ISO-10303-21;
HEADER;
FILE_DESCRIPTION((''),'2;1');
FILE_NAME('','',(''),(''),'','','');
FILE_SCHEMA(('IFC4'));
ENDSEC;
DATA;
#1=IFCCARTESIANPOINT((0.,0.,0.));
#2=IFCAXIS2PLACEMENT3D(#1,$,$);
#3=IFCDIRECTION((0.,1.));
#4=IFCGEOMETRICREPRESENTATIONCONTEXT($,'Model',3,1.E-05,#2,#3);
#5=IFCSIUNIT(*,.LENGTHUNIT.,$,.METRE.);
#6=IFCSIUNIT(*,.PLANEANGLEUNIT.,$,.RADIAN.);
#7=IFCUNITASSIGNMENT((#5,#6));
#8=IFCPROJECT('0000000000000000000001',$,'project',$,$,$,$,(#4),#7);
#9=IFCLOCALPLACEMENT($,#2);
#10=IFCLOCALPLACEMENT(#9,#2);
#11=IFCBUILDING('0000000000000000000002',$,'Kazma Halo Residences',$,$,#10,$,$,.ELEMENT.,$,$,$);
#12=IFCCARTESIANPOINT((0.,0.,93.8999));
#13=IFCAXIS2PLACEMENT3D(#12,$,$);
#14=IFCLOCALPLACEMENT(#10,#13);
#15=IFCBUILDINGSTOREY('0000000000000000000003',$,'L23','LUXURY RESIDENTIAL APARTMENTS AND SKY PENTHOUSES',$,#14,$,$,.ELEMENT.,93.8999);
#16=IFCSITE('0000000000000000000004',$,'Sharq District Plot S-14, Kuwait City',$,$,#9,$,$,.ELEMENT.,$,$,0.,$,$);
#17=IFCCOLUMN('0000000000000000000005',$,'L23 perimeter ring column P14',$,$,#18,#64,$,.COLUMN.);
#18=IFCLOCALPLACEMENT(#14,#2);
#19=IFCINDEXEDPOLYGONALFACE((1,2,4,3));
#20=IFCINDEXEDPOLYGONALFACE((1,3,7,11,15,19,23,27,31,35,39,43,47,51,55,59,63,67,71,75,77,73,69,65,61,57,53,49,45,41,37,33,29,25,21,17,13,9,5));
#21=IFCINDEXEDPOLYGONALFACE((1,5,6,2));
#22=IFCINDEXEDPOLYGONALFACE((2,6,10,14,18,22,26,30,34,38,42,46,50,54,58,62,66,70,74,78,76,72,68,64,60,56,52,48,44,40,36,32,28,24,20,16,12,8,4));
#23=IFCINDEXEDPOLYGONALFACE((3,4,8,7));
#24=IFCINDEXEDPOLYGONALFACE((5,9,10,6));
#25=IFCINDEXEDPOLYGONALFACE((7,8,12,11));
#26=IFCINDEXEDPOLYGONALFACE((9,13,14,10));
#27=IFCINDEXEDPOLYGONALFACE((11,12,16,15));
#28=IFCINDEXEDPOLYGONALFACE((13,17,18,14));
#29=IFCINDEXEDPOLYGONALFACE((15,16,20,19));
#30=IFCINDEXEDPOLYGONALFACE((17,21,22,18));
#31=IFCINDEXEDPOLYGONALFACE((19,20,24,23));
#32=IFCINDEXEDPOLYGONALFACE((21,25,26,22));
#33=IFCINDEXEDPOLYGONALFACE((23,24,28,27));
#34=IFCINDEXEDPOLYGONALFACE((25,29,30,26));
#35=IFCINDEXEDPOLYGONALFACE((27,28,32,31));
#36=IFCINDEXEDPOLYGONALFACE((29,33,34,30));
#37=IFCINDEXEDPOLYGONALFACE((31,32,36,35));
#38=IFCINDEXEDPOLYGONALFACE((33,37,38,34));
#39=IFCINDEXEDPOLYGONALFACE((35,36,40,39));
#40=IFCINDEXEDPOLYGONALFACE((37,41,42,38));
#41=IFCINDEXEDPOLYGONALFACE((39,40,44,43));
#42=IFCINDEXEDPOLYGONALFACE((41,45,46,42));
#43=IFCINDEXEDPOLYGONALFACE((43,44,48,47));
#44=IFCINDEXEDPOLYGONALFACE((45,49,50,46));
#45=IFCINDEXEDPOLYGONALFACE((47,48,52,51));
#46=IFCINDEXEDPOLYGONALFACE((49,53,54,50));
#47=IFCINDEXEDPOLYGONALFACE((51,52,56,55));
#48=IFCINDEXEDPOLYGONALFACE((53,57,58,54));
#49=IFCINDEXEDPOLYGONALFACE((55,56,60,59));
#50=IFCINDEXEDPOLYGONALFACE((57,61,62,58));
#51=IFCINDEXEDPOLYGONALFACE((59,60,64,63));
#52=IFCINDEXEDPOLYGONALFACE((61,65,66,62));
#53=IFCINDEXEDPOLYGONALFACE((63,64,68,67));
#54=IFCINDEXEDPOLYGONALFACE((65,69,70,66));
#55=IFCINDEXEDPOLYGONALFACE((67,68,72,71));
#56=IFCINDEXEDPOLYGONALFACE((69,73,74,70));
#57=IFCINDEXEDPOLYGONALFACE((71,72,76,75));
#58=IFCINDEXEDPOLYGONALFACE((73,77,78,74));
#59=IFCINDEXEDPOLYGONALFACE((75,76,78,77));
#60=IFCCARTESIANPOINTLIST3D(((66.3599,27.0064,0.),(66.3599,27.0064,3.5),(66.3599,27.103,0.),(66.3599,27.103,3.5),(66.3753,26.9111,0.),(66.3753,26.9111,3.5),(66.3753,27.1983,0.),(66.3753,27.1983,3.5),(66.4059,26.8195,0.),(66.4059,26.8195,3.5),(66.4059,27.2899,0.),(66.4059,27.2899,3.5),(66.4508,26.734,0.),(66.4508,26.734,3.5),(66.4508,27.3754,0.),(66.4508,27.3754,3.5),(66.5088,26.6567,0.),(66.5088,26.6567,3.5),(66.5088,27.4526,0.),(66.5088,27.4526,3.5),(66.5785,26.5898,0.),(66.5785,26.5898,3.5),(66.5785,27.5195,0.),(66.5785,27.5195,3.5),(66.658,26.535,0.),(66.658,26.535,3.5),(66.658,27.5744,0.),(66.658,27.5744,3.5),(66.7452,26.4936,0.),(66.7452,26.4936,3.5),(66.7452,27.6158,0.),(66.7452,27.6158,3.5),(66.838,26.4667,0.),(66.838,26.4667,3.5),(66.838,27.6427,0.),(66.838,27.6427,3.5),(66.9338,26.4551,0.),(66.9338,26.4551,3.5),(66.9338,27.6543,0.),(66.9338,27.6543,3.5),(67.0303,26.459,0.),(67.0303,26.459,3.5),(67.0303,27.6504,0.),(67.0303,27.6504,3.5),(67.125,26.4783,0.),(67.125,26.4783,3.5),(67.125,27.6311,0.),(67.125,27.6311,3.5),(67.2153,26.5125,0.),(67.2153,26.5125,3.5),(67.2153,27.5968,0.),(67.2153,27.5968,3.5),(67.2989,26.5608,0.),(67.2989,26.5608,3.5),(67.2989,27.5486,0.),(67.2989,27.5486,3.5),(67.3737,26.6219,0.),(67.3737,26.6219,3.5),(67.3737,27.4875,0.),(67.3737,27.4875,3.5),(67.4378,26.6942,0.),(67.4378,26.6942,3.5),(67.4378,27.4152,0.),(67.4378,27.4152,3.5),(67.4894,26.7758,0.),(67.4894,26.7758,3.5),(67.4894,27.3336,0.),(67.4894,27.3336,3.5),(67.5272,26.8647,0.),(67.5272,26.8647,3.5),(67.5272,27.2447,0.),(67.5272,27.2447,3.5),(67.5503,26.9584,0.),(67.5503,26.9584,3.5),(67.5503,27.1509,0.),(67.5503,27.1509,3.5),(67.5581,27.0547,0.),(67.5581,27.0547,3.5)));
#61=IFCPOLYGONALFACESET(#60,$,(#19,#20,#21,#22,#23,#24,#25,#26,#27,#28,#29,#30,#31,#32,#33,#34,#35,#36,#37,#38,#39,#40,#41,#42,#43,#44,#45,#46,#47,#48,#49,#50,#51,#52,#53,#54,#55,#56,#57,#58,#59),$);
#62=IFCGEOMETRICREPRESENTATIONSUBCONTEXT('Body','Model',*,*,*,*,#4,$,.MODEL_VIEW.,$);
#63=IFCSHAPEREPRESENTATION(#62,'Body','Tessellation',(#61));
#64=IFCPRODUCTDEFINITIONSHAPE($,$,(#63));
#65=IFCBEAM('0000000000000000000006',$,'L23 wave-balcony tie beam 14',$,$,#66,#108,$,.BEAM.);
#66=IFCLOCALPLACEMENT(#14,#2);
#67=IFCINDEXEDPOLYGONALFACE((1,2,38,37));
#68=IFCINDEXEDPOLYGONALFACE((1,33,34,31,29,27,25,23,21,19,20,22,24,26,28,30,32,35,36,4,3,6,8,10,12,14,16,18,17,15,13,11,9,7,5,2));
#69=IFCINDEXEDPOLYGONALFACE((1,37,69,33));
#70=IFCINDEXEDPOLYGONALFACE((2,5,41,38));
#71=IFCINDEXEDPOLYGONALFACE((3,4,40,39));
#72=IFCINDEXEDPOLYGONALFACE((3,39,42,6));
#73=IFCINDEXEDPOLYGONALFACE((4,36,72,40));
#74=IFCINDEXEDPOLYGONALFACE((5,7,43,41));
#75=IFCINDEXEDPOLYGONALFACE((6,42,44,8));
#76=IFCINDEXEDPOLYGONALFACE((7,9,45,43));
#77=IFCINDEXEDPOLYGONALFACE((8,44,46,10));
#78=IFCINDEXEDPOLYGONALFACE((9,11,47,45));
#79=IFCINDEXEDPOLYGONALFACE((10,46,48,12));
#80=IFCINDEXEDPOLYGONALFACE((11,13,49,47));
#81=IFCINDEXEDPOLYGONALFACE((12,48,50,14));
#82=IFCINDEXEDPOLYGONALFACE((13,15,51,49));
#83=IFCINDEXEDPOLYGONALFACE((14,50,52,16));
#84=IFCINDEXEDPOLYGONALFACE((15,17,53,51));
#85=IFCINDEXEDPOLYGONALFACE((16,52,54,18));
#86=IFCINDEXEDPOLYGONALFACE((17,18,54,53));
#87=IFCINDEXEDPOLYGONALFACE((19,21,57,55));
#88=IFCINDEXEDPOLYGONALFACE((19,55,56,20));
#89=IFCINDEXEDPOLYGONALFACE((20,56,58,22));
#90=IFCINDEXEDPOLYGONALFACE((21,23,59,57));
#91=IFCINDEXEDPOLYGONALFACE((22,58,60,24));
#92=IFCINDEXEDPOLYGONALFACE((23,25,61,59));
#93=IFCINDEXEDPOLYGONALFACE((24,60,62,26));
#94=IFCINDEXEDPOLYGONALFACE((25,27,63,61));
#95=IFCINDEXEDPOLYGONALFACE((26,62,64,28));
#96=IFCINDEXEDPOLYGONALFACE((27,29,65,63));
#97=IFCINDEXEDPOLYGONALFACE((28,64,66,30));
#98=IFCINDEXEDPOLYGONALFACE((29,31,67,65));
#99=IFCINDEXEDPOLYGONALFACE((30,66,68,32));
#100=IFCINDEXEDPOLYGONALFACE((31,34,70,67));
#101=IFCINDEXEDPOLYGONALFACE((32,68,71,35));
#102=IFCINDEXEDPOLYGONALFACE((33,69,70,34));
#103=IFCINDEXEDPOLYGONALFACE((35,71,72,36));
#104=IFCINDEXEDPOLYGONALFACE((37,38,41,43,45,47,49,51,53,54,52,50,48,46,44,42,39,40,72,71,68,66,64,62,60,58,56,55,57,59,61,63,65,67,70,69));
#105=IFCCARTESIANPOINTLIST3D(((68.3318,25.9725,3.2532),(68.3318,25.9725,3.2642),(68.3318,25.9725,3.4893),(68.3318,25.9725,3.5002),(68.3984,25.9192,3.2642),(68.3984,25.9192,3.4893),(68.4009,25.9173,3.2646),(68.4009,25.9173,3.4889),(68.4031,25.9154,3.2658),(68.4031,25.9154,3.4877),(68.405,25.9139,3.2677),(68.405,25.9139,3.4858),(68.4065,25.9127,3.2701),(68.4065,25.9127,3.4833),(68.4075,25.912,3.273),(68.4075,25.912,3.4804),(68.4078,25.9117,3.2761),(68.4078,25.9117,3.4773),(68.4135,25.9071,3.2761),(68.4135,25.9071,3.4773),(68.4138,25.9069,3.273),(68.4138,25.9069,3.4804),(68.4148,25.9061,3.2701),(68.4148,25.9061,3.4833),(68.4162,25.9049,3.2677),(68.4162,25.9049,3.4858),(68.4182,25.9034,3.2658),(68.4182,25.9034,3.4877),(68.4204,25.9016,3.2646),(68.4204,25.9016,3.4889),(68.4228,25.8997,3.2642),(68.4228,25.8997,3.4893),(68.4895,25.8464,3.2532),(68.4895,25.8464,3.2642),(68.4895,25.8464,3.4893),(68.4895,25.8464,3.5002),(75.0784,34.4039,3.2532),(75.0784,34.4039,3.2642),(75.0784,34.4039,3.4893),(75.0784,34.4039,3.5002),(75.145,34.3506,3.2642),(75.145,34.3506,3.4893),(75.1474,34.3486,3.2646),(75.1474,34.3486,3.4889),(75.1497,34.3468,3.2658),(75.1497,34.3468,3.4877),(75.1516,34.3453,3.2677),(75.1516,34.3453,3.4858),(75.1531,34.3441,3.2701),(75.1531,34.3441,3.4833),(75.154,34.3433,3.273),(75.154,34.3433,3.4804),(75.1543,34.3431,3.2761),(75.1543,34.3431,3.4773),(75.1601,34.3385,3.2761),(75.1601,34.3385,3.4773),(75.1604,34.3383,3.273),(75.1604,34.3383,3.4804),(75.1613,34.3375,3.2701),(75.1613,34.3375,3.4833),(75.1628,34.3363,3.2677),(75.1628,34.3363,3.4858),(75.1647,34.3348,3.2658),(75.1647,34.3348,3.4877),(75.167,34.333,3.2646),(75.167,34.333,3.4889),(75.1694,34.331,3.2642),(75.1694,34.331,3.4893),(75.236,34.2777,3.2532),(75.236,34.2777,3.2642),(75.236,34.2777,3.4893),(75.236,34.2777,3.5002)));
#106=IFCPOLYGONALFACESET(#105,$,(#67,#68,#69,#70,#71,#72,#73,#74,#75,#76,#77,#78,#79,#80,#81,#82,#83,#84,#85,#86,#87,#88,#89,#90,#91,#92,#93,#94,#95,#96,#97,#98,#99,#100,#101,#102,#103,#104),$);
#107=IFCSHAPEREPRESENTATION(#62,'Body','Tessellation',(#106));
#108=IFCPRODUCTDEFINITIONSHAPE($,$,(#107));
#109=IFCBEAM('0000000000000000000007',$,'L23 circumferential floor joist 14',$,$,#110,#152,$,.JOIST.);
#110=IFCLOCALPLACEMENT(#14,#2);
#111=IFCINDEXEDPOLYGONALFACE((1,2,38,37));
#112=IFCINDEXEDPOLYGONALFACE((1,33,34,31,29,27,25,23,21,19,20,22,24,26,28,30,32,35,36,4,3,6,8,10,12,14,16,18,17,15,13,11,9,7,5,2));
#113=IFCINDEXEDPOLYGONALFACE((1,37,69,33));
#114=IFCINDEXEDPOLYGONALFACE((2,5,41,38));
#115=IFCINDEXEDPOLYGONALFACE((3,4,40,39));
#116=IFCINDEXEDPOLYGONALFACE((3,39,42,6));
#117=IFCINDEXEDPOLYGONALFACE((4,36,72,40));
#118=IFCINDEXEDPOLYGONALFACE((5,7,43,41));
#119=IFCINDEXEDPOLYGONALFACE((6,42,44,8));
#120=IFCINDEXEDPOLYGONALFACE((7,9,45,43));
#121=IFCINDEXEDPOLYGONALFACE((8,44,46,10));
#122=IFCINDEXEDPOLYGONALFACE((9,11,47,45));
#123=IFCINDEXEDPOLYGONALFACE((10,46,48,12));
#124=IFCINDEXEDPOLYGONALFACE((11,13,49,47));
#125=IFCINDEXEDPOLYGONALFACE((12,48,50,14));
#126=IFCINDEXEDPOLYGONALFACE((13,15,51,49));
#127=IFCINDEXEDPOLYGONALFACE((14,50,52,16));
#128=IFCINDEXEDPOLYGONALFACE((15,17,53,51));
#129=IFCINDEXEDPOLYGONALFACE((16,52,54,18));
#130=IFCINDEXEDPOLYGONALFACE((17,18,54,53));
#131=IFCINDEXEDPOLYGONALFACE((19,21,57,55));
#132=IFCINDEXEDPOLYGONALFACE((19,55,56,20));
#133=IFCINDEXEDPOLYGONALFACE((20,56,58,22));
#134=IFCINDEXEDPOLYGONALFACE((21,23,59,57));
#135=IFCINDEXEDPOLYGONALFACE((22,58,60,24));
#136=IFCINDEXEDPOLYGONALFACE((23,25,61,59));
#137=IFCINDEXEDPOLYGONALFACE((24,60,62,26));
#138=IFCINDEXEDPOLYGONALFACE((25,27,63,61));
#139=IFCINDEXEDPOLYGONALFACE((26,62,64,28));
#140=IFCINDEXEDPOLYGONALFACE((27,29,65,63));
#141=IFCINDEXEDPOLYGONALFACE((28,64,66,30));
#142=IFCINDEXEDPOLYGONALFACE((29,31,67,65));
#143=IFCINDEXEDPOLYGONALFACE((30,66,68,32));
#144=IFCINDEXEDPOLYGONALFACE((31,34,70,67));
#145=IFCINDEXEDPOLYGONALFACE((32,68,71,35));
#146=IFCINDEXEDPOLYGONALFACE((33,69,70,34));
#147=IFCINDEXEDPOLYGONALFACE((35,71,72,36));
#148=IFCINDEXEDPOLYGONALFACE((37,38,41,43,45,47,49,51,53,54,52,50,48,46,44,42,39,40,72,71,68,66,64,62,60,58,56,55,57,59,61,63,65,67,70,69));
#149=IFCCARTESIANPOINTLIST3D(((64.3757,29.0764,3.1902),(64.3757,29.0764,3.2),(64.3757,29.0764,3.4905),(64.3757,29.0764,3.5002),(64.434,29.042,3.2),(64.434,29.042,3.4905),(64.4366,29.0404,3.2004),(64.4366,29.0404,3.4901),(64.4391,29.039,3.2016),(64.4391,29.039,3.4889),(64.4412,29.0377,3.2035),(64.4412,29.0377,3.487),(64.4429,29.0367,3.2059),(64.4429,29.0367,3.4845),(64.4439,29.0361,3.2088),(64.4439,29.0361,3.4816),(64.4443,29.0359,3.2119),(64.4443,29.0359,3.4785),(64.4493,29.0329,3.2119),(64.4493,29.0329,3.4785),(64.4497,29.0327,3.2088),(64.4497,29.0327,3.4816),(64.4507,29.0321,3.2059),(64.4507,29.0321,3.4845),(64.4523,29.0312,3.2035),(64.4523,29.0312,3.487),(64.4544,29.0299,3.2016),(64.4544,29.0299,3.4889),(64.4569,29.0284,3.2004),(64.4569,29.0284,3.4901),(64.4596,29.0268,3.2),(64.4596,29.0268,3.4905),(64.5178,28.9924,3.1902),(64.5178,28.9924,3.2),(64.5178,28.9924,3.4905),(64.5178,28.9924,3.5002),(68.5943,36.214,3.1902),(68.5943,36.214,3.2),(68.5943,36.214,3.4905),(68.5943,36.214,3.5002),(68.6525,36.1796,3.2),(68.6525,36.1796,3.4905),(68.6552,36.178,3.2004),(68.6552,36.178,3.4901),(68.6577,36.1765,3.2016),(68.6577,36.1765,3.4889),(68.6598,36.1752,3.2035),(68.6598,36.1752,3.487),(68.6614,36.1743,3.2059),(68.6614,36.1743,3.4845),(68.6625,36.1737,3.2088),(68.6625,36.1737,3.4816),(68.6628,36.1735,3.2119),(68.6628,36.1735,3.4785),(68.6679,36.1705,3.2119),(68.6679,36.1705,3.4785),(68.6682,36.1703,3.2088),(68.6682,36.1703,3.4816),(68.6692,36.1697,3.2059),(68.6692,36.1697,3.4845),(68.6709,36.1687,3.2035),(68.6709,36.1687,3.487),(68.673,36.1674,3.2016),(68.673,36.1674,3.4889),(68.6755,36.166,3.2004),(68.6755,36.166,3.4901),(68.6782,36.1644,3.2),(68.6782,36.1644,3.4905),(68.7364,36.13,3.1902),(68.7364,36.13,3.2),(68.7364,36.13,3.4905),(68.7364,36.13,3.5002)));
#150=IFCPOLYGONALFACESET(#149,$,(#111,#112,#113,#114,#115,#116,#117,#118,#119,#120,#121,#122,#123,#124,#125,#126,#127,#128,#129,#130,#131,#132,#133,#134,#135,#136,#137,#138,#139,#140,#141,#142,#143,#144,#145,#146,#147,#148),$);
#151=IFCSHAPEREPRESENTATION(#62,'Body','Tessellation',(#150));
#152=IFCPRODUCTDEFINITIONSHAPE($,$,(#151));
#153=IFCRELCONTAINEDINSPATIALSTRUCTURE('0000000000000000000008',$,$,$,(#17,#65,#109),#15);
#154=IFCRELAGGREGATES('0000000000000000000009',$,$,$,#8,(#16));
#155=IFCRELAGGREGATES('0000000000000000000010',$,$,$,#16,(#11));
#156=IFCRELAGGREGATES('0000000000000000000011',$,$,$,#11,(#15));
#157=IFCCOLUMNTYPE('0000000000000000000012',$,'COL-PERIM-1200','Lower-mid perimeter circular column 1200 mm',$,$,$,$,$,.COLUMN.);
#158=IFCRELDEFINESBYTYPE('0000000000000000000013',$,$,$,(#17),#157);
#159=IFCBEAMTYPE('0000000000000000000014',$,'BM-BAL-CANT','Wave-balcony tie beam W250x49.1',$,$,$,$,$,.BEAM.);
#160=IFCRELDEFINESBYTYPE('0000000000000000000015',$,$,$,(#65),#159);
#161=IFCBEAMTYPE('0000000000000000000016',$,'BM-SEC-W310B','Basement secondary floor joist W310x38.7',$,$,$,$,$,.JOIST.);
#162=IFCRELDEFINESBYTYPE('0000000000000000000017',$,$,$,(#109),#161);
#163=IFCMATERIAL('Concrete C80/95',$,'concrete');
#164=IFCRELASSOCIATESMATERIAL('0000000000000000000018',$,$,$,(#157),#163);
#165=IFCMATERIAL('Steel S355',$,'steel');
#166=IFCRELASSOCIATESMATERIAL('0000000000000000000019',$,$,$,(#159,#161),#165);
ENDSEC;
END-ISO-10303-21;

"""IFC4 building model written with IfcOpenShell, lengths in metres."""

from ifc_helpers import new_model, si_unit, direction, frame, origin, origin_2d, place, context, subcontext, project, spatial, circle, i_section, extrude, material, material_profile, profile_set, type_object, element, save


model = new_model("IFC4")

# Units and contexts
model_context = context("Model", 3, precision=1e-05, world=origin(), true_north=direction((0.0, 1.0)))
body_context = subcontext(model_context, "Body", "Model", "MODEL_VIEW")
ifc_project = project(units=[si_unit("LENGTHUNIT", "METRE"), si_unit("PLANEANGLEUNIT", "RADIAN")], contexts=[model_context])

# Site, building, storey
site_placement = place(None, origin())
site = spatial("IfcSite", under=ifc_project, at=site_placement, Name="Sharq District Plot S-14, Kuwait City", CompositionType="ELEMENT", RefElevation=0.0)
building_placement = place(site_placement, origin())
building = spatial("IfcBuilding", under=site, at=building_placement, Name="Kazma Halo Residences", CompositionType="ELEMENT")
storey_placement = place(building_placement, frame((0.0, 0.0, 93.8999)))
storey = spatial("IfcBuildingStorey", under=building, at=storey_placement, Name="L23", Description="LUXURY RESIDENTIAL APARTMENTS AND SKY PENTHOUSES", CompositionType="ELEMENT", Elevation=93.8999)

# Column
ifc_material_1 = material(Name="Concrete C80/95", Category="concrete")
ifc_material_profile_1 = material_profile(ifc_material_1, circle(Radius=0.6001, at=origin_2d()), Name="CIRC1200")
ifc_profile_set_1 = profile_set([ifc_material_profile_1], Name="Concrete C80/95")
column_type = type_object("IfcColumnType", Name="COL-PERIM-1200", Description="Lower-mid perimeter circular column 1200 mm", PredefinedType="COLUMN", material=ifc_profile_set_1)
column_placement = place(storey_placement, frame((66.958, 27.0547, 0.0), z_axis=(0.0, 0.0, 1.0), x_axis=(1.0, 0.0, 0.0)))
element("IfcColumn", 1, at=column_placement, inside=storey, type_object=column_type, Name="L23 perimeter ring column P14", PredefinedType="COLUMN", context=body_context, shape_type="SweptSolid", body=[
    extrude(circle(Radius=0.6001, at=origin_2d()), origin(), (0.0, 0.0, 1.0), 3.5),
])

# Beams
ifc_material_2 = material(Name="Steel S355", Category="steel")
ifc_material_profile_2 = material_profile(ifc_material_2, i_section(OverallWidth=0.2019, OverallDepth=0.2471, WebThickness=0.0073, FlangeThickness=0.011, FilletRadius=0.012, at=origin_2d()), Name="W250x49.1")
ifc_profile_set_2 = profile_set([ifc_material_profile_2], Name="Steel S355")
beam_type_1 = type_object("IfcBeamType", Name="BM-BAL-CANT", Description="Wave-balcony tie beam W250x49.1", PredefinedType="BEAM", material=ifc_profile_set_2)
beam_1_placement = place(storey_placement, frame((68.4106, 25.9094, 3.3767), z_axis=(0.624778, 0.780803, 0.0), x_axis=(-0.780803, 0.624778, 0.0)))
element("IfcBeam", 2, at=beam_1_placement, inside=storey, type_object=beam_type_1, Name="L23 wave-balcony tie beam 14", PredefinedType="BEAM", context=body_context, shape_type="SweptSolid", body=[
    extrude(i_section(OverallWidth=0.2019, OverallDepth=0.2471, WebThickness=0.0073, FlangeThickness=0.011, FilletRadius=0.012, at=origin_2d()), origin(), (0.0, 0.0, 1.0), 10.7983),
])
ifc_material_profile_3 = material_profile(ifc_material_2, i_section(OverallWidth=0.165, OverallDepth=0.3101, WebThickness=0.0059, FlangeThickness=0.0098, FilletRadius=0.012, at=origin_2d()), Name="W310x38.7")
ifc_profile_set_3 = profile_set([ifc_material_profile_3], Name="Steel S355")
beam_type_2 = type_object("IfcBeamType", Name="BM-SEC-W310B", Description="Basement secondary floor joist W310x38.7", PredefinedType="JOIST", material=ifc_profile_set_3)
beam_2_placement = place(storey_placement, frame((64.4468, 29.0344, 3.3452), z_axis=(0.508812, 0.860878, 0.0), x_axis=(-0.860878, 0.508812, 0.0)))
element("IfcBeam", 3, at=beam_2_placement, inside=storey, type_object=beam_type_2, Name="L23 circumferential floor joist 14", PredefinedType="JOIST", context=body_context, shape_type="SweptSolid", body=[
    extrude(i_section(OverallWidth=0.165, OverallDepth=0.3101, WebThickness=0.0059, FlangeThickness=0.0098, FilletRadius=0.012, at=origin_2d()), origin(), (0.0, 0.0, 1.0), 8.291),
])

save(model, "model.ifc")
